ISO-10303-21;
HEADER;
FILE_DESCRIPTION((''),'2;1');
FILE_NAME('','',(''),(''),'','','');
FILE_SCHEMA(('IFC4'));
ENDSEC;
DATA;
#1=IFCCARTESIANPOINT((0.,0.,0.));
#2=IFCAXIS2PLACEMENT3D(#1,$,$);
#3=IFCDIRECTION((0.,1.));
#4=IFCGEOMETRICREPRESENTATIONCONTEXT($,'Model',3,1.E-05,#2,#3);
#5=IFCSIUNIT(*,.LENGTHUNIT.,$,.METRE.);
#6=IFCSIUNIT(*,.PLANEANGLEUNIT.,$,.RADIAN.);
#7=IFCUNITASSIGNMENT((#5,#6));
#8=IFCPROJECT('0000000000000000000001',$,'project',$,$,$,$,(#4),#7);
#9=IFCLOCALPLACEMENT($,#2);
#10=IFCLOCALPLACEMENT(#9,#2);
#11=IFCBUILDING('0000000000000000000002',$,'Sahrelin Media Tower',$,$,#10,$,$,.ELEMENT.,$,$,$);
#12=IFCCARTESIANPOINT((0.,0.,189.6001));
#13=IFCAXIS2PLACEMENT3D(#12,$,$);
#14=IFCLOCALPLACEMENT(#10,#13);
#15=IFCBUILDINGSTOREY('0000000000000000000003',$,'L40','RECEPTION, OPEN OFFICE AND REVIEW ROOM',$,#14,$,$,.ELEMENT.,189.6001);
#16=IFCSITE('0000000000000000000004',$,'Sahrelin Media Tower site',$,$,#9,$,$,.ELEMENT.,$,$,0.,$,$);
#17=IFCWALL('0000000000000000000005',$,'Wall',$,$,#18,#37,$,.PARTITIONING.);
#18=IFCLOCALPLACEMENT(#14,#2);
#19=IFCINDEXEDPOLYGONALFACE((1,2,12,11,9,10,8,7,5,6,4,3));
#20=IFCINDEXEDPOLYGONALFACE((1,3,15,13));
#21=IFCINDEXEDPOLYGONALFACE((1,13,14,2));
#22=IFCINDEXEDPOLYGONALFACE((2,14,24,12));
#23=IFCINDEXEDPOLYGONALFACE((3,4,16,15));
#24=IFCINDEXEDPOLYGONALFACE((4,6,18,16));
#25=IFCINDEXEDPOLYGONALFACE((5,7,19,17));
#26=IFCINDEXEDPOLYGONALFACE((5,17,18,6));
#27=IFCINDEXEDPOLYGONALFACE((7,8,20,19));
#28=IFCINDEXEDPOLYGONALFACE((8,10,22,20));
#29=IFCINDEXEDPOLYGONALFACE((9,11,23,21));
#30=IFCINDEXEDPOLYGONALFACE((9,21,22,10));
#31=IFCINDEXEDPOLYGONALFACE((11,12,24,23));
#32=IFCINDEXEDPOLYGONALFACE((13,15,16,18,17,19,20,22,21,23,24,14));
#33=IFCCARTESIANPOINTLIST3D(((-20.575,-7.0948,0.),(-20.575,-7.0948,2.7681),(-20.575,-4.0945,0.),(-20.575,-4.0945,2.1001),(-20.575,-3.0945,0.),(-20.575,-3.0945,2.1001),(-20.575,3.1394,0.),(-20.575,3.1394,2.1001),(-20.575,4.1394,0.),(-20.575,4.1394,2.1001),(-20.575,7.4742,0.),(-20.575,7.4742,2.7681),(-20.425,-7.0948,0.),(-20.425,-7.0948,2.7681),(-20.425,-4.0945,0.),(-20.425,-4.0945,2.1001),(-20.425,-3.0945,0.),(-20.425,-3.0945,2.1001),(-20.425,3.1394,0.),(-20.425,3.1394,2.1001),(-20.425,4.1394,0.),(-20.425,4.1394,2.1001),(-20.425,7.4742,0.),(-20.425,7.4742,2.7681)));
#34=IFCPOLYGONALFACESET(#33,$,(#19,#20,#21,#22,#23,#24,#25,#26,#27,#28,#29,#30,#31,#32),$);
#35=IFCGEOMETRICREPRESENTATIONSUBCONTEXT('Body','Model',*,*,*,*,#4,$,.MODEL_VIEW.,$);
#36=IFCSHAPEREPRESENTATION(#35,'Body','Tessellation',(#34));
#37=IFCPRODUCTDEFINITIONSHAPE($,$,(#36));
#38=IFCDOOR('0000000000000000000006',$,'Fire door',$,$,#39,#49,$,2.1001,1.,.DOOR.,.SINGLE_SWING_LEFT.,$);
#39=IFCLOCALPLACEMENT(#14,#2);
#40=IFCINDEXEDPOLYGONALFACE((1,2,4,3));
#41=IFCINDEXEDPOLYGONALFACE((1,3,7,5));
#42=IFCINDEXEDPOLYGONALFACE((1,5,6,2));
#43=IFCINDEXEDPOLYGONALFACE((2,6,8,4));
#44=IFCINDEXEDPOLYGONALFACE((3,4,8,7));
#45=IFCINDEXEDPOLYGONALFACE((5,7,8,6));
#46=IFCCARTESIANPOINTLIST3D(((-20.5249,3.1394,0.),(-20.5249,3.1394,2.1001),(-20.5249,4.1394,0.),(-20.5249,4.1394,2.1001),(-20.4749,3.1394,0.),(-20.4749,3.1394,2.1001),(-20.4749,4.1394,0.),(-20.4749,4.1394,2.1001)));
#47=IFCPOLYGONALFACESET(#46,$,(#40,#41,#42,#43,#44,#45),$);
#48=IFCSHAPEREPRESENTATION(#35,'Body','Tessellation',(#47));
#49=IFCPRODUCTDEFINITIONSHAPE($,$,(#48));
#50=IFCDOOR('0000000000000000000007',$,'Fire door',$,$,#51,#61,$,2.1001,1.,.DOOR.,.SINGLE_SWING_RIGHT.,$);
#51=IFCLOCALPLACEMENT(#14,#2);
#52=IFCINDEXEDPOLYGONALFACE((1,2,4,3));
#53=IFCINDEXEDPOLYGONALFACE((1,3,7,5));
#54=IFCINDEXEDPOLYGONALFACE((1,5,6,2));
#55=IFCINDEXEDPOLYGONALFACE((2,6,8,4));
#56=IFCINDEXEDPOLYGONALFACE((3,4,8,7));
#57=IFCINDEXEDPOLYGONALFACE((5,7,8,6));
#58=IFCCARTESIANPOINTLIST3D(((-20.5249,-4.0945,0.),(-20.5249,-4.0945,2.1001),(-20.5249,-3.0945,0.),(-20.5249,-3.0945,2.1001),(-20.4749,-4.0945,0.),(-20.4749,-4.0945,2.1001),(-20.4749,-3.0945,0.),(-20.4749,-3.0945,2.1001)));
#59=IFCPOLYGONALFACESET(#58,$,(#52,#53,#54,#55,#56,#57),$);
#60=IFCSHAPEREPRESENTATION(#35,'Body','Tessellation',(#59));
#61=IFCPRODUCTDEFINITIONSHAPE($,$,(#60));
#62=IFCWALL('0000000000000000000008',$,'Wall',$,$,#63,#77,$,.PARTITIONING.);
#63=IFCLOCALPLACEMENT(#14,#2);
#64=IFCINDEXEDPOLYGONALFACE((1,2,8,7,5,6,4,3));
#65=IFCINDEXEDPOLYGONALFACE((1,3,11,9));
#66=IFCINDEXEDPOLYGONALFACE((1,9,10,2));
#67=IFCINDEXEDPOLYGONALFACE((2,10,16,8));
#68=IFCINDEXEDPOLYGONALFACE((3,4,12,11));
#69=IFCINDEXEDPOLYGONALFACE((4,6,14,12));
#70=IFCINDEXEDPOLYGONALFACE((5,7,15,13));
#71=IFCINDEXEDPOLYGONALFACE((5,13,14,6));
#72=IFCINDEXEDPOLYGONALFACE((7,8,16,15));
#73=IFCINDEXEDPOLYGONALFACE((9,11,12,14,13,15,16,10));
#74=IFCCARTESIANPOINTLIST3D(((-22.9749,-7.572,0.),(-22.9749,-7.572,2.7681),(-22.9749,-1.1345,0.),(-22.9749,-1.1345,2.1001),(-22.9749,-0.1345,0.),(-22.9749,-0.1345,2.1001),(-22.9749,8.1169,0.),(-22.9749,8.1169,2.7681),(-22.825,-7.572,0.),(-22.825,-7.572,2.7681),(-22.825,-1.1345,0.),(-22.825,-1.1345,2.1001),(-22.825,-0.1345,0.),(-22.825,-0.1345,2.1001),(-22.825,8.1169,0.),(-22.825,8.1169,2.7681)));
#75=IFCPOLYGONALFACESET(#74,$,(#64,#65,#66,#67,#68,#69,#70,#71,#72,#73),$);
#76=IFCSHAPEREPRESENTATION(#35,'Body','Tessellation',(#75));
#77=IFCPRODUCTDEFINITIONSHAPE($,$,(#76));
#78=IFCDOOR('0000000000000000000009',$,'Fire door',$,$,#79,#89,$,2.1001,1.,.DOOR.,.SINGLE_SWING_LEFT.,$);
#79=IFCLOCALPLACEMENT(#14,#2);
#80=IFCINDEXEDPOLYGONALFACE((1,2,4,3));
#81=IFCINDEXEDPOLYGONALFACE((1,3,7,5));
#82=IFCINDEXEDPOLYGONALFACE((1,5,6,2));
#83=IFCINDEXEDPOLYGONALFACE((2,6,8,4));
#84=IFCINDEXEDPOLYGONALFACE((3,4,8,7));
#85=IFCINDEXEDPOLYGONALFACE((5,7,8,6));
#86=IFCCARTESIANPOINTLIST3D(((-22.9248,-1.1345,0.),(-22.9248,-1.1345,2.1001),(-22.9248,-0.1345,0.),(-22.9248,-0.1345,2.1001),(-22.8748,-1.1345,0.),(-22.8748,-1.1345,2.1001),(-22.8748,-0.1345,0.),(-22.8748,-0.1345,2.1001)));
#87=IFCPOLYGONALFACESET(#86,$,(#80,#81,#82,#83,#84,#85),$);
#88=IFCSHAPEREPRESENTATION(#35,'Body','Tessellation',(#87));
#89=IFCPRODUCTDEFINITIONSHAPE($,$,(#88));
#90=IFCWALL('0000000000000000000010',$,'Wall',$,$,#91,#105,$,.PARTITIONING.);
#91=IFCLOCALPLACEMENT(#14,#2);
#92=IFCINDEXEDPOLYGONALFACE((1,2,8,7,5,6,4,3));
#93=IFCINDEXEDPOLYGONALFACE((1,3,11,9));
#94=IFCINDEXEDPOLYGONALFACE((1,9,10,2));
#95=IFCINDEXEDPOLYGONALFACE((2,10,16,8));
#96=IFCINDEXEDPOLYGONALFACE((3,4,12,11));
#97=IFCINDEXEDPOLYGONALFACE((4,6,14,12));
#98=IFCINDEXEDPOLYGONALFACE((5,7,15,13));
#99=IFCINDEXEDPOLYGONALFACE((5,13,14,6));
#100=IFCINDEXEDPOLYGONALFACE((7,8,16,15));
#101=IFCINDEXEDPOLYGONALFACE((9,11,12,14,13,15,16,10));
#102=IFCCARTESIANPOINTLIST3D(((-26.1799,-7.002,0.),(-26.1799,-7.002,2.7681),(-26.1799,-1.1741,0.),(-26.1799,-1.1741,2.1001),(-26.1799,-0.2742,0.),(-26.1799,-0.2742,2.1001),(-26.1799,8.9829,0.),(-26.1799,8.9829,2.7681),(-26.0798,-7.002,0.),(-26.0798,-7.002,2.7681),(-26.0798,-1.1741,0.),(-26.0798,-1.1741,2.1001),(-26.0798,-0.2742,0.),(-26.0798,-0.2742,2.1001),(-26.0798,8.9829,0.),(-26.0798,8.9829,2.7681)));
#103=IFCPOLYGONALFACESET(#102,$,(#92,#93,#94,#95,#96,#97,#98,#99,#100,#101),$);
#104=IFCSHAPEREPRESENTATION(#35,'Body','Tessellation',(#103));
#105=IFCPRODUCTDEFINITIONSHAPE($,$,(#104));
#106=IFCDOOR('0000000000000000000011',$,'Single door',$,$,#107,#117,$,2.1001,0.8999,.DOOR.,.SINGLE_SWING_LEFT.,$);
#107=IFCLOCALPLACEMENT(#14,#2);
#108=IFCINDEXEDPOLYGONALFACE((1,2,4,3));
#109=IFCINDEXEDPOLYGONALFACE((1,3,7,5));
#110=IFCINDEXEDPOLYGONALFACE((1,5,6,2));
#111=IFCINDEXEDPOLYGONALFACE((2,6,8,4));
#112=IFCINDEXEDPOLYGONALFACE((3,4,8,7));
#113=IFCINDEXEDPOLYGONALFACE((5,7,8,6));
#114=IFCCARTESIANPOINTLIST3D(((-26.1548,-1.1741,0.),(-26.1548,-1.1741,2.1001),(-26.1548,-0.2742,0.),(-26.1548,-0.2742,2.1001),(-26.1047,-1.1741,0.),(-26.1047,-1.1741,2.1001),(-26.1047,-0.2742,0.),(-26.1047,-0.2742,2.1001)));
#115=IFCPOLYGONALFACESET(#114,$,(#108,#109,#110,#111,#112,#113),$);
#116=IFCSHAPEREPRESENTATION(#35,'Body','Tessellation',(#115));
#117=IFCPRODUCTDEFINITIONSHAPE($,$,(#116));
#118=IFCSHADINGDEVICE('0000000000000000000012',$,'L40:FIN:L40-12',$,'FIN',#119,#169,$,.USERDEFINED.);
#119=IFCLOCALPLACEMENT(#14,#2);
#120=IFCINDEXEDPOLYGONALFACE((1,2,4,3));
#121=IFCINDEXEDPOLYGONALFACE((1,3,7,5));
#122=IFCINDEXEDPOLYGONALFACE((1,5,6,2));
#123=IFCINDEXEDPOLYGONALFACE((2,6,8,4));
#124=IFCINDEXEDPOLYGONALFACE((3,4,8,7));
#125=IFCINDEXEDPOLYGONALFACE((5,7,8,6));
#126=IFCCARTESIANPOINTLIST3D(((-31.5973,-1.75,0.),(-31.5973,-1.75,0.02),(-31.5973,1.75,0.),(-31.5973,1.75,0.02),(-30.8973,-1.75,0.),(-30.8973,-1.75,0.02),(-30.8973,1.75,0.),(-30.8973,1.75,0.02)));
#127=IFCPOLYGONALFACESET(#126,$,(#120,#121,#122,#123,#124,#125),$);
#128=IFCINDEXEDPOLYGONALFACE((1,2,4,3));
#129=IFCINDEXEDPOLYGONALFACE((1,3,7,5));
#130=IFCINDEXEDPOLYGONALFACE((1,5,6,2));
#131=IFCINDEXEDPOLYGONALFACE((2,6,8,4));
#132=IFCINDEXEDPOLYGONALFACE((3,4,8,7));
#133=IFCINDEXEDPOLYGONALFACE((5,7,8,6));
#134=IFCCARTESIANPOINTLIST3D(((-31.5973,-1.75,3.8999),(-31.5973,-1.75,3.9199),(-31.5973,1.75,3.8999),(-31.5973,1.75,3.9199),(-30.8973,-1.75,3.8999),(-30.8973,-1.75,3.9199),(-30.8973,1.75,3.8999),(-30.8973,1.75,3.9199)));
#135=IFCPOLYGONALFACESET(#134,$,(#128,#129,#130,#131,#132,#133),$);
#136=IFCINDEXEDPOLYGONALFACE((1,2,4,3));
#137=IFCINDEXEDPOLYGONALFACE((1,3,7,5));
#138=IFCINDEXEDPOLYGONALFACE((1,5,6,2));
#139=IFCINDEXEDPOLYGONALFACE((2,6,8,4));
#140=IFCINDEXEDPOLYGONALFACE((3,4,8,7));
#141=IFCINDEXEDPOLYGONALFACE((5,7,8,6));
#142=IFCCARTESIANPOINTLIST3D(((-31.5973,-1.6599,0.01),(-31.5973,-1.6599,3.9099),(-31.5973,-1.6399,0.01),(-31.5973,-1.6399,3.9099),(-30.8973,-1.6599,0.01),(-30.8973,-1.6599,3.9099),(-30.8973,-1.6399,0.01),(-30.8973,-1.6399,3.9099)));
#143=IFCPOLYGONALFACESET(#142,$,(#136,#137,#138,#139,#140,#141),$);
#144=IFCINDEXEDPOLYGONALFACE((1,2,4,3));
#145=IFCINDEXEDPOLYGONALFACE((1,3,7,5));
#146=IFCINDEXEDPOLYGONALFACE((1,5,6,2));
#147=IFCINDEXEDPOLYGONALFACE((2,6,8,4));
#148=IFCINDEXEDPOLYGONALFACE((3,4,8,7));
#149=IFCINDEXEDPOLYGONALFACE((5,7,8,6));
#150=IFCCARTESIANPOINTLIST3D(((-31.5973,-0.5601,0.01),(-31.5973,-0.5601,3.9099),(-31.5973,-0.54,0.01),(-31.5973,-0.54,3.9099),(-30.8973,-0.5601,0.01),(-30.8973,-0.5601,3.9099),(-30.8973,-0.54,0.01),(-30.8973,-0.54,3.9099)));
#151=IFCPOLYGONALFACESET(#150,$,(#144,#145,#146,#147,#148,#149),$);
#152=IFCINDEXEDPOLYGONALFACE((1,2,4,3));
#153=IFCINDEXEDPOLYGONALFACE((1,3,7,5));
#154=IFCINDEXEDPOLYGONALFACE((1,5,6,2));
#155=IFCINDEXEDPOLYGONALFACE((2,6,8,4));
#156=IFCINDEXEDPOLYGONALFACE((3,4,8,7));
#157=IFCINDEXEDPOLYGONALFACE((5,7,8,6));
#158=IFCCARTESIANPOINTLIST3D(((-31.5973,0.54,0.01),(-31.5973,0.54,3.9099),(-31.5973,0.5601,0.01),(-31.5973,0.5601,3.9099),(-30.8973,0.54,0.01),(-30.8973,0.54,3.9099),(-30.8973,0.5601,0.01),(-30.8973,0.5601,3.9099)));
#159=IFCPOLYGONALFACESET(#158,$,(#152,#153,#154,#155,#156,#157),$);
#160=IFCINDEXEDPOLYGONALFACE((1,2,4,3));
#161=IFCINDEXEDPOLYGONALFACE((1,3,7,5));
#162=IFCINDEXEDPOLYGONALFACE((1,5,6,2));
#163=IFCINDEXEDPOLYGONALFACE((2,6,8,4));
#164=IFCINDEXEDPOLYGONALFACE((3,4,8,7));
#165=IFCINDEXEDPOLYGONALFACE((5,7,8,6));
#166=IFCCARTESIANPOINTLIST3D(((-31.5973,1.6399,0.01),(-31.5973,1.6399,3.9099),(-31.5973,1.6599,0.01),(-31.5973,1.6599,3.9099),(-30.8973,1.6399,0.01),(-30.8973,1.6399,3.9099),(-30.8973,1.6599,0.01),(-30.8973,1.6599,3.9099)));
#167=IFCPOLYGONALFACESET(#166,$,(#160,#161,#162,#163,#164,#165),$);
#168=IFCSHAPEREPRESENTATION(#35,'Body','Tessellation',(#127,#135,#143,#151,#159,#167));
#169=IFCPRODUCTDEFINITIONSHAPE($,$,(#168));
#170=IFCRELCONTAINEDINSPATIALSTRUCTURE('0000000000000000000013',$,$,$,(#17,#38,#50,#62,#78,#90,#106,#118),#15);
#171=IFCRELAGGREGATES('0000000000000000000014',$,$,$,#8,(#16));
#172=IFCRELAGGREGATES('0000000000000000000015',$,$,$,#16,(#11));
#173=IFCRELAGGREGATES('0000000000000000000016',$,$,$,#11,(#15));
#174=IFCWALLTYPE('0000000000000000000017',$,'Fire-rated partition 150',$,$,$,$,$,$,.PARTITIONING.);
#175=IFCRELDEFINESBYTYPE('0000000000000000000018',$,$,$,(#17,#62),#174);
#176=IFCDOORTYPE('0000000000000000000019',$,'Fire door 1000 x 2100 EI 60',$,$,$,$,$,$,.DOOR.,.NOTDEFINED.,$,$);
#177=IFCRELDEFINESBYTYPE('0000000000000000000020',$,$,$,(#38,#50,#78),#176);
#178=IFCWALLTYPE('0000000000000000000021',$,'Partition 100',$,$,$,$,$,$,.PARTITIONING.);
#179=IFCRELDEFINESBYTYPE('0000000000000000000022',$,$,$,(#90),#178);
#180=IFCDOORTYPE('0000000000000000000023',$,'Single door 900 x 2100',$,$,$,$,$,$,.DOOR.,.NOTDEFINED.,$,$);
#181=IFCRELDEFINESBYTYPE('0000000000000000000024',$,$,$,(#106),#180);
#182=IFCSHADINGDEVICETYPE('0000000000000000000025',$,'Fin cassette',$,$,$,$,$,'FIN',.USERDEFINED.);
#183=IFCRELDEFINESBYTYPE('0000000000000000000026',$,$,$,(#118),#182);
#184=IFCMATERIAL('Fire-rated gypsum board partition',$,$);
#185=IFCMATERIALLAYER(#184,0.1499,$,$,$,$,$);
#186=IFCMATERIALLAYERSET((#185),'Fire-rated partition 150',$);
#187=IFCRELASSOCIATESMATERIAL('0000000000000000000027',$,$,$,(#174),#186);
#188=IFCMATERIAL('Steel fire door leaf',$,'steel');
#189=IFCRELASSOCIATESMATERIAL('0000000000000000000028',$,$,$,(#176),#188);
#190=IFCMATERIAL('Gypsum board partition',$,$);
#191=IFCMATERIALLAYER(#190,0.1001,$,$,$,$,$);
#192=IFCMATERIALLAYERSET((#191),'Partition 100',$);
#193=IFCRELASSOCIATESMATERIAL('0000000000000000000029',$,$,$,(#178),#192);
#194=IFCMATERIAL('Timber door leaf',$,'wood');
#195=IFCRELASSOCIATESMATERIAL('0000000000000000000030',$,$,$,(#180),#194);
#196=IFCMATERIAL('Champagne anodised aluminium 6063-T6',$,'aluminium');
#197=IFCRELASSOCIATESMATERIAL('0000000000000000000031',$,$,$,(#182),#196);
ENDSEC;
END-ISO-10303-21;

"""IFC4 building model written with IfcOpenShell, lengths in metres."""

from ifc_helpers import new_model, si_unit, direction, frame, frame_2d, origin, origin_2d, place, context, subcontext, project, spatial, rectangle, extrude, material, layer, layer_set, type_object, element, fill, save


model = new_model("IFC4")

# Units and contexts
model_context = context("Model", 3, precision=1e-05, world=origin(), true_north=direction((0.0, 1.0)))
body_context = subcontext(model_context, "Body", "Model", "MODEL_VIEW")
ifc_project = project(units=[si_unit("LENGTHUNIT", "METRE"), si_unit("PLANEANGLEUNIT", "RADIAN")], contexts=[model_context])

# Site, building, storey
site_placement = place(None, origin())
site = spatial("IfcSite", under=ifc_project, at=site_placement, Name="Sahrelin Media Tower site", CompositionType="ELEMENT", RefElevation=0.0)
building_placement = place(site_placement, origin())
building = spatial("IfcBuilding", under=site, at=building_placement, Name="Sahrelin Media Tower", CompositionType="ELEMENT")
storey_placement = place(building_placement, frame((0.0, 0.0, 189.6001)))
storey = spatial("IfcBuildingStorey", under=building, at=storey_placement, Name="L40", Description="RECEPTION, OPEN OFFICE AND REVIEW ROOM", CompositionType="ELEMENT", Elevation=189.6001)

# Shared definitions
ifc_material_1 = material(Name="Champagne anodised aluminium 6063-T6", Category="aluminium")

# Shared definitions
ifc_material_2 = material(Name="Fire-rated gypsum board partition")
ifc_layer_1 = layer(ifc_material_2, 0.1499)
ifc_layer_set_1 = layer_set([ifc_layer_1], Name="Fire-rated partition 150")
wall_type_1 = type_object("IfcWallType", Name="Fire-rated partition 150", PredefinedType="PARTITIONING", material=ifc_layer_set_1)
ifc_material_3 = material(Name="Steel fire door leaf", Category="steel")
door_type_1 = type_object("IfcDoorType", Name="Fire door 1000 x 2100 EI 60", OperationType="NOTDEFINED", PredefinedType="DOOR", material=ifc_material_3)

# Wall, openings, doors
wall_1_placement = place(storey_placement, frame((-20.5, -7.095, 0.0), z_axis=(0.0, 0.0, 1.0), x_axis=(0.0, 1.0, 0.0)))
wall_1 = element("IfcWall", 1, at=wall_1_placement, inside=storey, type_object=wall_type_1, Name="Wall", PredefinedType="PARTITIONING", context=body_context, shape_type="SweptSolid", body=[
    extrude(rectangle(XDim=14.5691, YDim=0.1499, at=frame_2d((7.2847, 0.0))), origin(), (0.0, 0.0, 1.0), 2.7681),
])
opening_1_placement = place(wall_1_placement, frame((10.2344, 0.0, 0.0)))
opening_1 = element("IfcOpeningElement", 2, at=opening_1_placement, cuts=wall_1, PredefinedType="OPENING", context=body_context, shape_type="SweptSolid", body=[
    extrude(rectangle(XDim=1.0, YDim=2.1001, at=frame_2d((0.5, 1.05))), frame((0.0, 0.075, 0.0), z_axis=(0.0, -1.0, 0.0), x_axis=(1.0, 0.0, 0.0)), (0.0, 0.0, 1.0), 0.1499),
])
opening_2_placement = place(wall_1_placement, frame((3.0005, 0.0, 0.0)))
opening_2 = element("IfcOpeningElement", 3, at=opening_2_placement, cuts=wall_1, PredefinedType="OPENING", context=body_context, shape_type="SweptSolid", body=[
    extrude(rectangle(XDim=1.0, YDim=2.1001, at=frame_2d((0.5, 1.05))), frame((0.0, 0.075, 0.0), z_axis=(0.0, -1.0, 0.0), x_axis=(1.0, 0.0, 0.0)), (0.0, 0.0, 1.0), 0.1499),
])
door_1_placement = place(opening_1_placement, origin())
door_1 = element("IfcDoor", 4, at=door_1_placement, inside=storey, type_object=door_type_1, Name="Fire door", OperationType="SINGLE_SWING_LEFT", OverallHeight=2.1001, OverallWidth=1.0, PredefinedType="DOOR", context=body_context, shape_type="SweptSolid", body=[
    extrude(rectangle(XDim=1.0, YDim=2.1001, at=frame_2d((0.5, 1.05))), frame((0.0, 0.0249, 0.0), z_axis=(0.0, -1.0, 0.0), x_axis=(1.0, 0.0, 0.0)), (0.0, 0.0, 1.0), 0.05),
])
fill(opening_1, door_1)
door_2_placement = place(opening_2_placement, origin())
door_2 = element("IfcDoor", 5, at=door_2_placement, inside=storey, type_object=door_type_1, Name="Fire door", OperationType="SINGLE_SWING_RIGHT", OverallHeight=2.1001, OverallWidth=1.0, PredefinedType="DOOR", context=body_context, shape_type="SweptSolid", body=[
    extrude(rectangle(XDim=1.0, YDim=2.1001, at=frame_2d((0.5, 1.05))), frame((0.0, 0.0249, 0.0), z_axis=(0.0, -1.0, 0.0), x_axis=(1.0, 0.0, 0.0)), (0.0, 0.0, 1.0), 0.05),
])
fill(opening_2, door_2)

# Walls, openings, doors
wall_2_placement = place(storey_placement, frame((-22.8999, -7.572, 0.0), z_axis=(0.0, 0.0, 1.0), x_axis=(0.0, 1.0, 0.0)))
wall_2 = element("IfcWall", 6, at=wall_2_placement, inside=storey, type_object=wall_type_1, Name="Wall", PredefinedType="PARTITIONING", context=body_context, shape_type="SweptSolid", body=[
    extrude(rectangle(XDim=15.689, YDim=0.1499, at=frame_2d((7.8445, 0.0))), origin(), (0.0, 0.0, 1.0), 2.7681),
])
opening_3_placement = place(wall_2_placement, frame((6.4375, 0.0, 0.0)))
opening_3 = element("IfcOpeningElement", 7, at=opening_3_placement, cuts=wall_2, PredefinedType="OPENING", context=body_context, shape_type="SweptSolid", body=[
    extrude(rectangle(XDim=1.0, YDim=2.1001, at=frame_2d((0.5, 1.05))), frame((0.0, 0.075, 0.0), z_axis=(0.0, -1.0, 0.0), x_axis=(1.0, 0.0, 0.0)), (0.0, 0.0, 1.0), 0.1499),
])
door_3_placement = place(opening_3_placement, origin())
door_3 = element("IfcDoor", 8, at=door_3_placement, inside=storey, type_object=door_type_1, Name="Fire door", OperationType="SINGLE_SWING_LEFT", OverallHeight=2.1001, OverallWidth=1.0, PredefinedType="DOOR", context=body_context, shape_type="SweptSolid", body=[
    extrude(rectangle(XDim=1.0, YDim=2.1001, at=frame_2d((0.5, 1.05))), frame((0.0, 0.0249, 0.0), z_axis=(0.0, -1.0, 0.0), x_axis=(1.0, 0.0, 0.0)), (0.0, 0.0, 1.0), 0.05),
])
fill(opening_3, door_3)
ifc_material_4 = material(Name="Gypsum board partition")
ifc_layer_2 = layer(ifc_material_4, 0.1001)
ifc_layer_set_2 = layer_set([ifc_layer_2], Name="Partition 100")
wall_type_2 = type_object("IfcWallType", Name="Partition 100", PredefinedType="PARTITIONING", material=ifc_layer_set_2)
wall_3_placement = place(storey_placement, frame((-26.1299, -7.002, 0.0), z_axis=(0.0, 0.0, 1.0), x_axis=(0.0, 1.0, 0.0)))
wall_3 = element("IfcWall", 9, at=wall_3_placement, inside=storey, type_object=wall_type_2, Name="Wall", PredefinedType="PARTITIONING", context=body_context, shape_type="SweptSolid", body=[
    extrude(rectangle(XDim=15.9849, YDim=0.1001, at=frame_2d((7.9924, 0.0))), origin(), (0.0, 0.0, 1.0), 2.7681),
])
opening_4_placement = place(wall_3_placement, frame((5.8279, 0.0, 0.0)))
opening_4 = element("IfcOpeningElement", 10, at=opening_4_placement, cuts=wall_3, PredefinedType="OPENING", context=body_context, shape_type="SweptSolid", body=[
    extrude(rectangle(XDim=0.8999, YDim=2.1001, at=frame_2d((0.45, 1.05))), frame((0.0, 0.05, 0.0), z_axis=(0.0, -1.0, 0.0), x_axis=(1.0, 0.0, 0.0)), (0.0, 0.0, 1.0), 0.1001),
])
ifc_material_5 = material(Name="Timber door leaf", Category="wood")
door_type_2 = type_object("IfcDoorType", Name="Single door 900 x 2100", OperationType="NOTDEFINED", PredefinedType="DOOR", material=ifc_material_5)
door_4_placement = place(opening_4_placement, origin())
door_4 = element("IfcDoor", 11, at=door_4_placement, inside=storey, type_object=door_type_2, Name="Single door", OperationType="SINGLE_SWING_LEFT", OverallHeight=2.1001, OverallWidth=0.8999, PredefinedType="DOOR", context=body_context, shape_type="SweptSolid", body=[
    extrude(rectangle(XDim=0.8999, YDim=2.1001, at=frame_2d((0.45, 1.05))), frame((0.0, 0.0249, 0.0), z_axis=(0.0, -1.0, 0.0), x_axis=(1.0, 0.0, 0.0)), (0.0, 0.0, 1.0), 0.05),
])
fill(opening_4, door_4)

# Shading device
shading_device_type_1 = type_object("IfcShadingDeviceType", Name="Fin cassette", ElementType="FIN", PredefinedType="USERDEFINED", material=ifc_material_1)
placement_1 = place(storey_placement, frame((-30.8274, 0.0, 0.0), z_axis=(0.0, 0.0, 1.0), x_axis=(0.0, 1.0, 0.0)))
element("IfcShadingDevice", 12, at=placement_1, inside=storey, type_object=shading_device_type_1, Name="L40:FIN:L40-12", ObjectType="FIN", PredefinedType="USERDEFINED", context=body_context, shape_type="SweptSolid", body=[
    extrude(rectangle(XDim=3.5, YDim=0.7, at=origin_2d()), frame((0.0, 0.4199, 0.0)), (0.0, 0.0, 1.0), 0.02),
    extrude(rectangle(XDim=3.5, YDim=0.7, at=origin_2d()), frame((0.0, 0.4199, 3.8999)), (0.0, 0.0, 1.0), 0.02),
    extrude(rectangle(XDim=0.02, YDim=0.7, at=origin_2d()), frame((-1.6499, 0.4199, 0.01), z_axis=(0.0, 0.0, 1.0), x_axis=(1.0, 0.0, 0.0)), (0.0, 0.0, 1.0), 3.8999),
    extrude(rectangle(XDim=0.02, YDim=0.7, at=origin_2d()), frame((-0.55, 0.4199, 0.01), z_axis=(0.0, 0.0, 1.0), x_axis=(1.0, 0.0, 0.0)), (0.0, 0.0, 1.0), 3.8999),
    extrude(rectangle(XDim=0.02, YDim=0.7, at=origin_2d()), frame((0.55, 0.4199, 0.01), z_axis=(0.0, 0.0, 1.0), x_axis=(1.0, 0.0, 0.0)), (0.0, 0.0, 1.0), 3.8999),
    extrude(rectangle(XDim=0.02, YDim=0.7, at=origin_2d()), frame((1.6499, 0.4199, 0.01), z_axis=(0.0, 0.0, 1.0), x_axis=(1.0, 0.0, 0.0)), (0.0, 0.0, 1.0), 3.8999),
])

save(model, "model.ifc")
